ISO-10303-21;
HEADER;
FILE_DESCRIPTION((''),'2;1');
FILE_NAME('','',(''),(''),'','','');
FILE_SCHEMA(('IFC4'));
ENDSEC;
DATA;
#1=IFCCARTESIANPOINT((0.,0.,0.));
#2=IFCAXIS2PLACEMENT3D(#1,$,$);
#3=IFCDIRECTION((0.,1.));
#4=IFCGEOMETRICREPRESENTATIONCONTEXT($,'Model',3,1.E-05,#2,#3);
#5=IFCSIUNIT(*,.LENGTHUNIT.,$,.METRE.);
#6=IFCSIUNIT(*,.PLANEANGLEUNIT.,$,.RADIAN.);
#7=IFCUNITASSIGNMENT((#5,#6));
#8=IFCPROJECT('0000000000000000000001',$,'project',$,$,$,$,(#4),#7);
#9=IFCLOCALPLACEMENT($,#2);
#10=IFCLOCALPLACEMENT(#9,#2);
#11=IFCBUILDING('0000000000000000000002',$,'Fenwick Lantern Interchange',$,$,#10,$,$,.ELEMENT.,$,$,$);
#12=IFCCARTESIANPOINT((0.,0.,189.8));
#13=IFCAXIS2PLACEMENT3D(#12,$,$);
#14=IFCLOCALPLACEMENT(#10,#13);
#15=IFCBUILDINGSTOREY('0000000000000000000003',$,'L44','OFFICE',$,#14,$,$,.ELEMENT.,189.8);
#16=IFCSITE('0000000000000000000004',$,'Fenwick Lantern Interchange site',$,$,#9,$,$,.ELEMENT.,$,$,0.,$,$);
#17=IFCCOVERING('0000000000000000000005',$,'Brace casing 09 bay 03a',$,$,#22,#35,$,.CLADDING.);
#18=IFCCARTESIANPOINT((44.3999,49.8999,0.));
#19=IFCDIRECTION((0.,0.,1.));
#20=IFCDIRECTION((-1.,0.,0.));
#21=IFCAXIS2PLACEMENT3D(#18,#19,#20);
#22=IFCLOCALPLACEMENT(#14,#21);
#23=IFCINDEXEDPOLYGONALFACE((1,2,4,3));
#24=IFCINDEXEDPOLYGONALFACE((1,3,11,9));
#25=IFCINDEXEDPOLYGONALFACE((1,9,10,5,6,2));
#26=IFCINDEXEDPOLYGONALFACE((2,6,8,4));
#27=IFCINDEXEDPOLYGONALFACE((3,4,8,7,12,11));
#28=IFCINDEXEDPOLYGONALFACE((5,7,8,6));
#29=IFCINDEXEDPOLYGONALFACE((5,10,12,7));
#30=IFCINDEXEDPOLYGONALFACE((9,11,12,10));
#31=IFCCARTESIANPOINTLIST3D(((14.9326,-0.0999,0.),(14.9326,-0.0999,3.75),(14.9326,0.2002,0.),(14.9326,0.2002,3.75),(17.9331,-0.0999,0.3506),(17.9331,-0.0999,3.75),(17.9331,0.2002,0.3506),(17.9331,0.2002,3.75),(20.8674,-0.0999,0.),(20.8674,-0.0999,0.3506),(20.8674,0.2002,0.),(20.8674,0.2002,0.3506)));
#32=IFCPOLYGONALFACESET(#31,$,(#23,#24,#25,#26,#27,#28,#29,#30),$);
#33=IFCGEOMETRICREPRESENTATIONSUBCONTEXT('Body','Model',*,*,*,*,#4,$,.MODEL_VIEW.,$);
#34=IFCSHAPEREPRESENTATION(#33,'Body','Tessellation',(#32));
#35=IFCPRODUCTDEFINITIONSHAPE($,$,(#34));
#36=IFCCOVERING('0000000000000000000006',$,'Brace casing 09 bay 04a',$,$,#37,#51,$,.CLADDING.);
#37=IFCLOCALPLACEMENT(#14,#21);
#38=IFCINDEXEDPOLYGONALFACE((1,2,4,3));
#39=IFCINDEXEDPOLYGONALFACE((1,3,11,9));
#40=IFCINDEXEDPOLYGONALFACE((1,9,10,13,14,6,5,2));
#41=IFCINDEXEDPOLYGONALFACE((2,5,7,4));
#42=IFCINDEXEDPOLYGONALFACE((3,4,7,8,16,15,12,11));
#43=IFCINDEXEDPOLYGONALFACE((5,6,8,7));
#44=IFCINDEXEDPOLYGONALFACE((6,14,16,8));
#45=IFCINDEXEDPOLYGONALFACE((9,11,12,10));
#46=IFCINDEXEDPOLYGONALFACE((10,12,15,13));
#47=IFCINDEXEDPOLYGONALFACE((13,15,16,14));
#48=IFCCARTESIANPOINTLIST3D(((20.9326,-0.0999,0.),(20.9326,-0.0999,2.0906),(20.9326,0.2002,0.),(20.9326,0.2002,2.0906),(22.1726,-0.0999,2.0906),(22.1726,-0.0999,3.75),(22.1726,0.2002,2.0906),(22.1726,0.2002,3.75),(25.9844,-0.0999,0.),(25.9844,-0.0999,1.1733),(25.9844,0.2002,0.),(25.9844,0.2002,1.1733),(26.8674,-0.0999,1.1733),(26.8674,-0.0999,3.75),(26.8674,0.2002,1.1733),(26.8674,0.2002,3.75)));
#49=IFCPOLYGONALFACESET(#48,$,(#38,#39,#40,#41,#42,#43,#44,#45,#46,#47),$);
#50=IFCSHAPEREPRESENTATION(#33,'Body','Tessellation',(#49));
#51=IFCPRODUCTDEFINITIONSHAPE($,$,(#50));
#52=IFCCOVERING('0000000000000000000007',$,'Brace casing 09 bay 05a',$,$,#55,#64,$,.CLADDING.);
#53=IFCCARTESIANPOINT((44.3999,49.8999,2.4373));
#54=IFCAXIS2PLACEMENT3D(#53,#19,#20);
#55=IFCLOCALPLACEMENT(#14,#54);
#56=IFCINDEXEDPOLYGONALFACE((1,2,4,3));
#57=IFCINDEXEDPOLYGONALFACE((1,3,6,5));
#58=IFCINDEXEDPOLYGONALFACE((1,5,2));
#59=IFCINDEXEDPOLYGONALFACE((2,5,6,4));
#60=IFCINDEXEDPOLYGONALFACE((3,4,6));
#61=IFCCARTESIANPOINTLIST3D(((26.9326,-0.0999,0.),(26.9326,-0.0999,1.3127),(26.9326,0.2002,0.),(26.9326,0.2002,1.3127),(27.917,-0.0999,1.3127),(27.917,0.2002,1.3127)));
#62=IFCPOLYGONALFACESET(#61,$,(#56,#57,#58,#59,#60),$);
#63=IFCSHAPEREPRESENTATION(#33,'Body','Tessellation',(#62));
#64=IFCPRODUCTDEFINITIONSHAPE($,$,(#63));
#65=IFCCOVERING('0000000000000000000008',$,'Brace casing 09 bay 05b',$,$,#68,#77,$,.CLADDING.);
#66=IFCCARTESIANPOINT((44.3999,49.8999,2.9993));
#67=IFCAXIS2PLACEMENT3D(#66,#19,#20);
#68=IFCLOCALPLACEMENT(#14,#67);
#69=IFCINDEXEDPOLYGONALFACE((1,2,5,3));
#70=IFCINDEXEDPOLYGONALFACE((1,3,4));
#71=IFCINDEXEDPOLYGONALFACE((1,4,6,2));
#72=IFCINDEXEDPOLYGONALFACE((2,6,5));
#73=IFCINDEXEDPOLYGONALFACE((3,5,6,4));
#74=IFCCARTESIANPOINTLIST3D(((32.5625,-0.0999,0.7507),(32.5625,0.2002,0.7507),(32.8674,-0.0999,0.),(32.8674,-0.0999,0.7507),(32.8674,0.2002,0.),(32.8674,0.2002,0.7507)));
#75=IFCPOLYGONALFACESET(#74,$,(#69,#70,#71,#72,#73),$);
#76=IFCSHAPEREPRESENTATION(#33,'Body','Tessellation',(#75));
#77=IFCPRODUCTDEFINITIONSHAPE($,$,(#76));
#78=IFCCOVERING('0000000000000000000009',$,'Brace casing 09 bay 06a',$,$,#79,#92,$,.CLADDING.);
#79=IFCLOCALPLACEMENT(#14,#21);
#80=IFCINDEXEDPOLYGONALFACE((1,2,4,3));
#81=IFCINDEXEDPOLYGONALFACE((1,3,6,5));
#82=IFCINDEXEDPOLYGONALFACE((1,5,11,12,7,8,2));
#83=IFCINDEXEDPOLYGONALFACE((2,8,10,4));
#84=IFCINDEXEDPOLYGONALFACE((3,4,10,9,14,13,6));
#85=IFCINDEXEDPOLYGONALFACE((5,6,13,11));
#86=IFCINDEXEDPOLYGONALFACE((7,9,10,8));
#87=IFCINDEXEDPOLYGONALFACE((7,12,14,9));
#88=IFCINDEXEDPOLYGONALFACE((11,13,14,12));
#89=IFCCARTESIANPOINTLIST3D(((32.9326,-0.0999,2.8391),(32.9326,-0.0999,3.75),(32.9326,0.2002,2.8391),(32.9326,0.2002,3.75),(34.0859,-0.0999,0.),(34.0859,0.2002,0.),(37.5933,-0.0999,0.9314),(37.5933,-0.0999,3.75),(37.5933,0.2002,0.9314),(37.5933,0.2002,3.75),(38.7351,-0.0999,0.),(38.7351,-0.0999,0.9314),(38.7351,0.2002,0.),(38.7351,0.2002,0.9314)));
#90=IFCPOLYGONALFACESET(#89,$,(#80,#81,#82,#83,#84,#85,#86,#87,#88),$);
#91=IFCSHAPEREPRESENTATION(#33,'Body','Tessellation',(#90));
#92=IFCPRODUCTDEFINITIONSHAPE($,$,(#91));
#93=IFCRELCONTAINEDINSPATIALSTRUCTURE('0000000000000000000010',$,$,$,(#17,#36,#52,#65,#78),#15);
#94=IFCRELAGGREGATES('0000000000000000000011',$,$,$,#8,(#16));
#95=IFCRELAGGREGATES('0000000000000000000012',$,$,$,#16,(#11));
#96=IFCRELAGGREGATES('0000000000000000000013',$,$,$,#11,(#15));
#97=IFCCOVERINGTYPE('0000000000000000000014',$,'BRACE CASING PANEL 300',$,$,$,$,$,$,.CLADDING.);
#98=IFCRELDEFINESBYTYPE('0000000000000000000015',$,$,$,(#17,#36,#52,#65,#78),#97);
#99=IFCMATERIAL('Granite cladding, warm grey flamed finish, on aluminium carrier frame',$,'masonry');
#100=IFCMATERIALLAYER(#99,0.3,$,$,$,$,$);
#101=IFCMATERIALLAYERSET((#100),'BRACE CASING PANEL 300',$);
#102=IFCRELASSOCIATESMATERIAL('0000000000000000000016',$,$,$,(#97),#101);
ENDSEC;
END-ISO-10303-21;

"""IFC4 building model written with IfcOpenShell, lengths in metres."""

from ifc_helpers import new_model, si_unit, direction, frame, origin, place, context, subcontext, project, spatial, polyline, outline, extrude, material, layer, layer_set, type_object, element, save


model = new_model("IFC4")

# Units and contexts
model_context = context("Model", 3, precision=1e-05, world=origin(), true_north=direction((0.0, 1.0)))
body_context = subcontext(model_context, "Body", "Model", "MODEL_VIEW")
ifc_project = project(units=[si_unit("LENGTHUNIT", "METRE"), si_unit("PLANEANGLEUNIT", "RADIAN")], contexts=[model_context])

# Site, building, storey
site_placement = place(None, origin())
site = spatial("IfcSite", under=ifc_project, at=site_placement, Name="Fenwick Lantern Interchange site", CompositionType="ELEMENT", RefElevation=0.0)
building_placement = place(site_placement, origin())
building = spatial("IfcBuilding", under=site, at=building_placement, Name="Fenwick Lantern Interchange", CompositionType="ELEMENT")
storey_placement = place(building_placement, frame((0.0, 0.0, 189.8)))
storey = spatial("IfcBuildingStorey", under=building, at=storey_placement, Name="L44", Description="OFFICE", CompositionType="ELEMENT", Elevation=189.8)

# Coverings
ifc_material_1 = material(Name="Granite cladding, warm grey flamed finish, on aluminium carrier frame", Category="masonry")
ifc_layer_1 = layer(ifc_material_1, 0.3)
ifc_layer_set_1 = layer_set([ifc_layer_1], Name="BRACE CASING PANEL 300")
covering_type = type_object("IfcCoveringType", Name="BRACE CASING PANEL 300", PredefinedType="CLADDING", material=ifc_layer_set_1)
covering_1_placement = place(storey_placement, frame((44.3999, 49.8999, 0.0), z_axis=(0.0, 0.0, 1.0), x_axis=(-1.0, 0.0, 0.0)))
element("IfcCovering", 1, at=covering_1_placement, inside=storey, type_object=covering_type, Name="Brace casing 09 bay 03a", PredefinedType="CLADDING", context=body_context, shape_type="SweptSolid", body=[
    extrude(outline(polyline([(14.9326, 0.0), (20.8674, 0.0), (20.8674, 0.3506), (17.9331, 0.3506), (17.9331, 3.75), (14.9326, 3.75), (14.9326, 0.0)])), frame((0.0, 0.2002, 0.0), z_axis=(0.0, -1.0, 0.0), x_axis=(1.0, 0.0, 0.0)), (0.0, 0.0, 1.0), 0.3),
])
covering_2_placement = place(storey_placement, frame((44.3999, 49.8999, 0.0), z_axis=(0.0, 0.0, 1.0), x_axis=(-1.0, 0.0, 0.0)))
element("IfcCovering", 2, at=covering_2_placement, inside=storey, type_object=covering_type, Name="Brace casing 09 bay 04a", PredefinedType="CLADDING", context=body_context, shape_type="SweptSolid", body=[
    extrude(outline(polyline([(20.9326, 0.0), (25.9844, 0.0), (25.9844, 1.1733), (26.8674, 1.1733), (26.8674, 3.75), (22.1726, 3.75), (22.1726, 2.0906), (20.9326, 2.0906), (20.9326, 0.0)])), frame((0.0, 0.2002, 0.0), z_axis=(0.0, -1.0, 0.0), x_axis=(1.0, 0.0, 0.0)), (0.0, 0.0, 1.0), 0.3),
])
covering_3_placement = place(storey_placement, frame((44.3999, 49.8999, 2.4373), z_axis=(0.0, 0.0, 1.0), x_axis=(-1.0, 0.0, 0.0)))
element("IfcCovering", 3, at=covering_3_placement, inside=storey, type_object=covering_type, Name="Brace casing 09 bay 05a", PredefinedType="CLADDING", context=body_context, shape_type="SweptSolid", body=[
    extrude(outline(polyline([(26.9326, 0.0), (27.917, 1.3127), (26.9326, 1.3127), (26.9326, 0.0)])), frame((0.0, 0.2002, 0.0), z_axis=(0.0, -1.0, 0.0), x_axis=(1.0, 0.0, 0.0)), (0.0, 0.0, 1.0), 0.3),
])
covering_4_placement = place(storey_placement, frame((44.3999, 49.8999, 2.9993), z_axis=(0.0, 0.0, 1.0), x_axis=(-1.0, 0.0, 0.0)))
element("IfcCovering", 4, at=covering_4_placement, inside=storey, type_object=covering_type, Name="Brace casing 09 bay 05b", PredefinedType="CLADDING", context=body_context, shape_type="SweptSolid", body=[
    extrude(outline(polyline([(32.8674, 0.0), (32.8674, 0.7507), (32.5625, 0.7507), (32.8674, 0.0)])), frame((0.0, 0.2002, 0.0), z_axis=(0.0, -1.0, 0.0), x_axis=(1.0, 0.0, 0.0)), (0.0, 0.0, 1.0), 0.3),
])
covering_5_placement = place(storey_placement, frame((44.3999, 49.8999, 0.0), z_axis=(0.0, 0.0, 1.0), x_axis=(-1.0, 0.0, 0.0)))
element("IfcCovering", 5, at=covering_5_placement, inside=storey, type_object=covering_type, Name="Brace casing 09 bay 06a", PredefinedType="CLADDING", context=body_context, shape_type="SweptSolid", body=[
    extrude(outline(polyline([(34.0859, 0.0), (38.7351, 0.0), (38.7351, 0.9314), (37.5933, 0.9314), (37.5933, 3.75), (32.9326, 3.75), (32.9326, 2.8391), (34.0859, 0.0)])), frame((0.0, 0.2002, 0.0), z_axis=(0.0, -1.0, 0.0), x_axis=(1.0, 0.0, 0.0)), (0.0, 0.0, 1.0), 0.3),
])

save(model, "model.ifc")
